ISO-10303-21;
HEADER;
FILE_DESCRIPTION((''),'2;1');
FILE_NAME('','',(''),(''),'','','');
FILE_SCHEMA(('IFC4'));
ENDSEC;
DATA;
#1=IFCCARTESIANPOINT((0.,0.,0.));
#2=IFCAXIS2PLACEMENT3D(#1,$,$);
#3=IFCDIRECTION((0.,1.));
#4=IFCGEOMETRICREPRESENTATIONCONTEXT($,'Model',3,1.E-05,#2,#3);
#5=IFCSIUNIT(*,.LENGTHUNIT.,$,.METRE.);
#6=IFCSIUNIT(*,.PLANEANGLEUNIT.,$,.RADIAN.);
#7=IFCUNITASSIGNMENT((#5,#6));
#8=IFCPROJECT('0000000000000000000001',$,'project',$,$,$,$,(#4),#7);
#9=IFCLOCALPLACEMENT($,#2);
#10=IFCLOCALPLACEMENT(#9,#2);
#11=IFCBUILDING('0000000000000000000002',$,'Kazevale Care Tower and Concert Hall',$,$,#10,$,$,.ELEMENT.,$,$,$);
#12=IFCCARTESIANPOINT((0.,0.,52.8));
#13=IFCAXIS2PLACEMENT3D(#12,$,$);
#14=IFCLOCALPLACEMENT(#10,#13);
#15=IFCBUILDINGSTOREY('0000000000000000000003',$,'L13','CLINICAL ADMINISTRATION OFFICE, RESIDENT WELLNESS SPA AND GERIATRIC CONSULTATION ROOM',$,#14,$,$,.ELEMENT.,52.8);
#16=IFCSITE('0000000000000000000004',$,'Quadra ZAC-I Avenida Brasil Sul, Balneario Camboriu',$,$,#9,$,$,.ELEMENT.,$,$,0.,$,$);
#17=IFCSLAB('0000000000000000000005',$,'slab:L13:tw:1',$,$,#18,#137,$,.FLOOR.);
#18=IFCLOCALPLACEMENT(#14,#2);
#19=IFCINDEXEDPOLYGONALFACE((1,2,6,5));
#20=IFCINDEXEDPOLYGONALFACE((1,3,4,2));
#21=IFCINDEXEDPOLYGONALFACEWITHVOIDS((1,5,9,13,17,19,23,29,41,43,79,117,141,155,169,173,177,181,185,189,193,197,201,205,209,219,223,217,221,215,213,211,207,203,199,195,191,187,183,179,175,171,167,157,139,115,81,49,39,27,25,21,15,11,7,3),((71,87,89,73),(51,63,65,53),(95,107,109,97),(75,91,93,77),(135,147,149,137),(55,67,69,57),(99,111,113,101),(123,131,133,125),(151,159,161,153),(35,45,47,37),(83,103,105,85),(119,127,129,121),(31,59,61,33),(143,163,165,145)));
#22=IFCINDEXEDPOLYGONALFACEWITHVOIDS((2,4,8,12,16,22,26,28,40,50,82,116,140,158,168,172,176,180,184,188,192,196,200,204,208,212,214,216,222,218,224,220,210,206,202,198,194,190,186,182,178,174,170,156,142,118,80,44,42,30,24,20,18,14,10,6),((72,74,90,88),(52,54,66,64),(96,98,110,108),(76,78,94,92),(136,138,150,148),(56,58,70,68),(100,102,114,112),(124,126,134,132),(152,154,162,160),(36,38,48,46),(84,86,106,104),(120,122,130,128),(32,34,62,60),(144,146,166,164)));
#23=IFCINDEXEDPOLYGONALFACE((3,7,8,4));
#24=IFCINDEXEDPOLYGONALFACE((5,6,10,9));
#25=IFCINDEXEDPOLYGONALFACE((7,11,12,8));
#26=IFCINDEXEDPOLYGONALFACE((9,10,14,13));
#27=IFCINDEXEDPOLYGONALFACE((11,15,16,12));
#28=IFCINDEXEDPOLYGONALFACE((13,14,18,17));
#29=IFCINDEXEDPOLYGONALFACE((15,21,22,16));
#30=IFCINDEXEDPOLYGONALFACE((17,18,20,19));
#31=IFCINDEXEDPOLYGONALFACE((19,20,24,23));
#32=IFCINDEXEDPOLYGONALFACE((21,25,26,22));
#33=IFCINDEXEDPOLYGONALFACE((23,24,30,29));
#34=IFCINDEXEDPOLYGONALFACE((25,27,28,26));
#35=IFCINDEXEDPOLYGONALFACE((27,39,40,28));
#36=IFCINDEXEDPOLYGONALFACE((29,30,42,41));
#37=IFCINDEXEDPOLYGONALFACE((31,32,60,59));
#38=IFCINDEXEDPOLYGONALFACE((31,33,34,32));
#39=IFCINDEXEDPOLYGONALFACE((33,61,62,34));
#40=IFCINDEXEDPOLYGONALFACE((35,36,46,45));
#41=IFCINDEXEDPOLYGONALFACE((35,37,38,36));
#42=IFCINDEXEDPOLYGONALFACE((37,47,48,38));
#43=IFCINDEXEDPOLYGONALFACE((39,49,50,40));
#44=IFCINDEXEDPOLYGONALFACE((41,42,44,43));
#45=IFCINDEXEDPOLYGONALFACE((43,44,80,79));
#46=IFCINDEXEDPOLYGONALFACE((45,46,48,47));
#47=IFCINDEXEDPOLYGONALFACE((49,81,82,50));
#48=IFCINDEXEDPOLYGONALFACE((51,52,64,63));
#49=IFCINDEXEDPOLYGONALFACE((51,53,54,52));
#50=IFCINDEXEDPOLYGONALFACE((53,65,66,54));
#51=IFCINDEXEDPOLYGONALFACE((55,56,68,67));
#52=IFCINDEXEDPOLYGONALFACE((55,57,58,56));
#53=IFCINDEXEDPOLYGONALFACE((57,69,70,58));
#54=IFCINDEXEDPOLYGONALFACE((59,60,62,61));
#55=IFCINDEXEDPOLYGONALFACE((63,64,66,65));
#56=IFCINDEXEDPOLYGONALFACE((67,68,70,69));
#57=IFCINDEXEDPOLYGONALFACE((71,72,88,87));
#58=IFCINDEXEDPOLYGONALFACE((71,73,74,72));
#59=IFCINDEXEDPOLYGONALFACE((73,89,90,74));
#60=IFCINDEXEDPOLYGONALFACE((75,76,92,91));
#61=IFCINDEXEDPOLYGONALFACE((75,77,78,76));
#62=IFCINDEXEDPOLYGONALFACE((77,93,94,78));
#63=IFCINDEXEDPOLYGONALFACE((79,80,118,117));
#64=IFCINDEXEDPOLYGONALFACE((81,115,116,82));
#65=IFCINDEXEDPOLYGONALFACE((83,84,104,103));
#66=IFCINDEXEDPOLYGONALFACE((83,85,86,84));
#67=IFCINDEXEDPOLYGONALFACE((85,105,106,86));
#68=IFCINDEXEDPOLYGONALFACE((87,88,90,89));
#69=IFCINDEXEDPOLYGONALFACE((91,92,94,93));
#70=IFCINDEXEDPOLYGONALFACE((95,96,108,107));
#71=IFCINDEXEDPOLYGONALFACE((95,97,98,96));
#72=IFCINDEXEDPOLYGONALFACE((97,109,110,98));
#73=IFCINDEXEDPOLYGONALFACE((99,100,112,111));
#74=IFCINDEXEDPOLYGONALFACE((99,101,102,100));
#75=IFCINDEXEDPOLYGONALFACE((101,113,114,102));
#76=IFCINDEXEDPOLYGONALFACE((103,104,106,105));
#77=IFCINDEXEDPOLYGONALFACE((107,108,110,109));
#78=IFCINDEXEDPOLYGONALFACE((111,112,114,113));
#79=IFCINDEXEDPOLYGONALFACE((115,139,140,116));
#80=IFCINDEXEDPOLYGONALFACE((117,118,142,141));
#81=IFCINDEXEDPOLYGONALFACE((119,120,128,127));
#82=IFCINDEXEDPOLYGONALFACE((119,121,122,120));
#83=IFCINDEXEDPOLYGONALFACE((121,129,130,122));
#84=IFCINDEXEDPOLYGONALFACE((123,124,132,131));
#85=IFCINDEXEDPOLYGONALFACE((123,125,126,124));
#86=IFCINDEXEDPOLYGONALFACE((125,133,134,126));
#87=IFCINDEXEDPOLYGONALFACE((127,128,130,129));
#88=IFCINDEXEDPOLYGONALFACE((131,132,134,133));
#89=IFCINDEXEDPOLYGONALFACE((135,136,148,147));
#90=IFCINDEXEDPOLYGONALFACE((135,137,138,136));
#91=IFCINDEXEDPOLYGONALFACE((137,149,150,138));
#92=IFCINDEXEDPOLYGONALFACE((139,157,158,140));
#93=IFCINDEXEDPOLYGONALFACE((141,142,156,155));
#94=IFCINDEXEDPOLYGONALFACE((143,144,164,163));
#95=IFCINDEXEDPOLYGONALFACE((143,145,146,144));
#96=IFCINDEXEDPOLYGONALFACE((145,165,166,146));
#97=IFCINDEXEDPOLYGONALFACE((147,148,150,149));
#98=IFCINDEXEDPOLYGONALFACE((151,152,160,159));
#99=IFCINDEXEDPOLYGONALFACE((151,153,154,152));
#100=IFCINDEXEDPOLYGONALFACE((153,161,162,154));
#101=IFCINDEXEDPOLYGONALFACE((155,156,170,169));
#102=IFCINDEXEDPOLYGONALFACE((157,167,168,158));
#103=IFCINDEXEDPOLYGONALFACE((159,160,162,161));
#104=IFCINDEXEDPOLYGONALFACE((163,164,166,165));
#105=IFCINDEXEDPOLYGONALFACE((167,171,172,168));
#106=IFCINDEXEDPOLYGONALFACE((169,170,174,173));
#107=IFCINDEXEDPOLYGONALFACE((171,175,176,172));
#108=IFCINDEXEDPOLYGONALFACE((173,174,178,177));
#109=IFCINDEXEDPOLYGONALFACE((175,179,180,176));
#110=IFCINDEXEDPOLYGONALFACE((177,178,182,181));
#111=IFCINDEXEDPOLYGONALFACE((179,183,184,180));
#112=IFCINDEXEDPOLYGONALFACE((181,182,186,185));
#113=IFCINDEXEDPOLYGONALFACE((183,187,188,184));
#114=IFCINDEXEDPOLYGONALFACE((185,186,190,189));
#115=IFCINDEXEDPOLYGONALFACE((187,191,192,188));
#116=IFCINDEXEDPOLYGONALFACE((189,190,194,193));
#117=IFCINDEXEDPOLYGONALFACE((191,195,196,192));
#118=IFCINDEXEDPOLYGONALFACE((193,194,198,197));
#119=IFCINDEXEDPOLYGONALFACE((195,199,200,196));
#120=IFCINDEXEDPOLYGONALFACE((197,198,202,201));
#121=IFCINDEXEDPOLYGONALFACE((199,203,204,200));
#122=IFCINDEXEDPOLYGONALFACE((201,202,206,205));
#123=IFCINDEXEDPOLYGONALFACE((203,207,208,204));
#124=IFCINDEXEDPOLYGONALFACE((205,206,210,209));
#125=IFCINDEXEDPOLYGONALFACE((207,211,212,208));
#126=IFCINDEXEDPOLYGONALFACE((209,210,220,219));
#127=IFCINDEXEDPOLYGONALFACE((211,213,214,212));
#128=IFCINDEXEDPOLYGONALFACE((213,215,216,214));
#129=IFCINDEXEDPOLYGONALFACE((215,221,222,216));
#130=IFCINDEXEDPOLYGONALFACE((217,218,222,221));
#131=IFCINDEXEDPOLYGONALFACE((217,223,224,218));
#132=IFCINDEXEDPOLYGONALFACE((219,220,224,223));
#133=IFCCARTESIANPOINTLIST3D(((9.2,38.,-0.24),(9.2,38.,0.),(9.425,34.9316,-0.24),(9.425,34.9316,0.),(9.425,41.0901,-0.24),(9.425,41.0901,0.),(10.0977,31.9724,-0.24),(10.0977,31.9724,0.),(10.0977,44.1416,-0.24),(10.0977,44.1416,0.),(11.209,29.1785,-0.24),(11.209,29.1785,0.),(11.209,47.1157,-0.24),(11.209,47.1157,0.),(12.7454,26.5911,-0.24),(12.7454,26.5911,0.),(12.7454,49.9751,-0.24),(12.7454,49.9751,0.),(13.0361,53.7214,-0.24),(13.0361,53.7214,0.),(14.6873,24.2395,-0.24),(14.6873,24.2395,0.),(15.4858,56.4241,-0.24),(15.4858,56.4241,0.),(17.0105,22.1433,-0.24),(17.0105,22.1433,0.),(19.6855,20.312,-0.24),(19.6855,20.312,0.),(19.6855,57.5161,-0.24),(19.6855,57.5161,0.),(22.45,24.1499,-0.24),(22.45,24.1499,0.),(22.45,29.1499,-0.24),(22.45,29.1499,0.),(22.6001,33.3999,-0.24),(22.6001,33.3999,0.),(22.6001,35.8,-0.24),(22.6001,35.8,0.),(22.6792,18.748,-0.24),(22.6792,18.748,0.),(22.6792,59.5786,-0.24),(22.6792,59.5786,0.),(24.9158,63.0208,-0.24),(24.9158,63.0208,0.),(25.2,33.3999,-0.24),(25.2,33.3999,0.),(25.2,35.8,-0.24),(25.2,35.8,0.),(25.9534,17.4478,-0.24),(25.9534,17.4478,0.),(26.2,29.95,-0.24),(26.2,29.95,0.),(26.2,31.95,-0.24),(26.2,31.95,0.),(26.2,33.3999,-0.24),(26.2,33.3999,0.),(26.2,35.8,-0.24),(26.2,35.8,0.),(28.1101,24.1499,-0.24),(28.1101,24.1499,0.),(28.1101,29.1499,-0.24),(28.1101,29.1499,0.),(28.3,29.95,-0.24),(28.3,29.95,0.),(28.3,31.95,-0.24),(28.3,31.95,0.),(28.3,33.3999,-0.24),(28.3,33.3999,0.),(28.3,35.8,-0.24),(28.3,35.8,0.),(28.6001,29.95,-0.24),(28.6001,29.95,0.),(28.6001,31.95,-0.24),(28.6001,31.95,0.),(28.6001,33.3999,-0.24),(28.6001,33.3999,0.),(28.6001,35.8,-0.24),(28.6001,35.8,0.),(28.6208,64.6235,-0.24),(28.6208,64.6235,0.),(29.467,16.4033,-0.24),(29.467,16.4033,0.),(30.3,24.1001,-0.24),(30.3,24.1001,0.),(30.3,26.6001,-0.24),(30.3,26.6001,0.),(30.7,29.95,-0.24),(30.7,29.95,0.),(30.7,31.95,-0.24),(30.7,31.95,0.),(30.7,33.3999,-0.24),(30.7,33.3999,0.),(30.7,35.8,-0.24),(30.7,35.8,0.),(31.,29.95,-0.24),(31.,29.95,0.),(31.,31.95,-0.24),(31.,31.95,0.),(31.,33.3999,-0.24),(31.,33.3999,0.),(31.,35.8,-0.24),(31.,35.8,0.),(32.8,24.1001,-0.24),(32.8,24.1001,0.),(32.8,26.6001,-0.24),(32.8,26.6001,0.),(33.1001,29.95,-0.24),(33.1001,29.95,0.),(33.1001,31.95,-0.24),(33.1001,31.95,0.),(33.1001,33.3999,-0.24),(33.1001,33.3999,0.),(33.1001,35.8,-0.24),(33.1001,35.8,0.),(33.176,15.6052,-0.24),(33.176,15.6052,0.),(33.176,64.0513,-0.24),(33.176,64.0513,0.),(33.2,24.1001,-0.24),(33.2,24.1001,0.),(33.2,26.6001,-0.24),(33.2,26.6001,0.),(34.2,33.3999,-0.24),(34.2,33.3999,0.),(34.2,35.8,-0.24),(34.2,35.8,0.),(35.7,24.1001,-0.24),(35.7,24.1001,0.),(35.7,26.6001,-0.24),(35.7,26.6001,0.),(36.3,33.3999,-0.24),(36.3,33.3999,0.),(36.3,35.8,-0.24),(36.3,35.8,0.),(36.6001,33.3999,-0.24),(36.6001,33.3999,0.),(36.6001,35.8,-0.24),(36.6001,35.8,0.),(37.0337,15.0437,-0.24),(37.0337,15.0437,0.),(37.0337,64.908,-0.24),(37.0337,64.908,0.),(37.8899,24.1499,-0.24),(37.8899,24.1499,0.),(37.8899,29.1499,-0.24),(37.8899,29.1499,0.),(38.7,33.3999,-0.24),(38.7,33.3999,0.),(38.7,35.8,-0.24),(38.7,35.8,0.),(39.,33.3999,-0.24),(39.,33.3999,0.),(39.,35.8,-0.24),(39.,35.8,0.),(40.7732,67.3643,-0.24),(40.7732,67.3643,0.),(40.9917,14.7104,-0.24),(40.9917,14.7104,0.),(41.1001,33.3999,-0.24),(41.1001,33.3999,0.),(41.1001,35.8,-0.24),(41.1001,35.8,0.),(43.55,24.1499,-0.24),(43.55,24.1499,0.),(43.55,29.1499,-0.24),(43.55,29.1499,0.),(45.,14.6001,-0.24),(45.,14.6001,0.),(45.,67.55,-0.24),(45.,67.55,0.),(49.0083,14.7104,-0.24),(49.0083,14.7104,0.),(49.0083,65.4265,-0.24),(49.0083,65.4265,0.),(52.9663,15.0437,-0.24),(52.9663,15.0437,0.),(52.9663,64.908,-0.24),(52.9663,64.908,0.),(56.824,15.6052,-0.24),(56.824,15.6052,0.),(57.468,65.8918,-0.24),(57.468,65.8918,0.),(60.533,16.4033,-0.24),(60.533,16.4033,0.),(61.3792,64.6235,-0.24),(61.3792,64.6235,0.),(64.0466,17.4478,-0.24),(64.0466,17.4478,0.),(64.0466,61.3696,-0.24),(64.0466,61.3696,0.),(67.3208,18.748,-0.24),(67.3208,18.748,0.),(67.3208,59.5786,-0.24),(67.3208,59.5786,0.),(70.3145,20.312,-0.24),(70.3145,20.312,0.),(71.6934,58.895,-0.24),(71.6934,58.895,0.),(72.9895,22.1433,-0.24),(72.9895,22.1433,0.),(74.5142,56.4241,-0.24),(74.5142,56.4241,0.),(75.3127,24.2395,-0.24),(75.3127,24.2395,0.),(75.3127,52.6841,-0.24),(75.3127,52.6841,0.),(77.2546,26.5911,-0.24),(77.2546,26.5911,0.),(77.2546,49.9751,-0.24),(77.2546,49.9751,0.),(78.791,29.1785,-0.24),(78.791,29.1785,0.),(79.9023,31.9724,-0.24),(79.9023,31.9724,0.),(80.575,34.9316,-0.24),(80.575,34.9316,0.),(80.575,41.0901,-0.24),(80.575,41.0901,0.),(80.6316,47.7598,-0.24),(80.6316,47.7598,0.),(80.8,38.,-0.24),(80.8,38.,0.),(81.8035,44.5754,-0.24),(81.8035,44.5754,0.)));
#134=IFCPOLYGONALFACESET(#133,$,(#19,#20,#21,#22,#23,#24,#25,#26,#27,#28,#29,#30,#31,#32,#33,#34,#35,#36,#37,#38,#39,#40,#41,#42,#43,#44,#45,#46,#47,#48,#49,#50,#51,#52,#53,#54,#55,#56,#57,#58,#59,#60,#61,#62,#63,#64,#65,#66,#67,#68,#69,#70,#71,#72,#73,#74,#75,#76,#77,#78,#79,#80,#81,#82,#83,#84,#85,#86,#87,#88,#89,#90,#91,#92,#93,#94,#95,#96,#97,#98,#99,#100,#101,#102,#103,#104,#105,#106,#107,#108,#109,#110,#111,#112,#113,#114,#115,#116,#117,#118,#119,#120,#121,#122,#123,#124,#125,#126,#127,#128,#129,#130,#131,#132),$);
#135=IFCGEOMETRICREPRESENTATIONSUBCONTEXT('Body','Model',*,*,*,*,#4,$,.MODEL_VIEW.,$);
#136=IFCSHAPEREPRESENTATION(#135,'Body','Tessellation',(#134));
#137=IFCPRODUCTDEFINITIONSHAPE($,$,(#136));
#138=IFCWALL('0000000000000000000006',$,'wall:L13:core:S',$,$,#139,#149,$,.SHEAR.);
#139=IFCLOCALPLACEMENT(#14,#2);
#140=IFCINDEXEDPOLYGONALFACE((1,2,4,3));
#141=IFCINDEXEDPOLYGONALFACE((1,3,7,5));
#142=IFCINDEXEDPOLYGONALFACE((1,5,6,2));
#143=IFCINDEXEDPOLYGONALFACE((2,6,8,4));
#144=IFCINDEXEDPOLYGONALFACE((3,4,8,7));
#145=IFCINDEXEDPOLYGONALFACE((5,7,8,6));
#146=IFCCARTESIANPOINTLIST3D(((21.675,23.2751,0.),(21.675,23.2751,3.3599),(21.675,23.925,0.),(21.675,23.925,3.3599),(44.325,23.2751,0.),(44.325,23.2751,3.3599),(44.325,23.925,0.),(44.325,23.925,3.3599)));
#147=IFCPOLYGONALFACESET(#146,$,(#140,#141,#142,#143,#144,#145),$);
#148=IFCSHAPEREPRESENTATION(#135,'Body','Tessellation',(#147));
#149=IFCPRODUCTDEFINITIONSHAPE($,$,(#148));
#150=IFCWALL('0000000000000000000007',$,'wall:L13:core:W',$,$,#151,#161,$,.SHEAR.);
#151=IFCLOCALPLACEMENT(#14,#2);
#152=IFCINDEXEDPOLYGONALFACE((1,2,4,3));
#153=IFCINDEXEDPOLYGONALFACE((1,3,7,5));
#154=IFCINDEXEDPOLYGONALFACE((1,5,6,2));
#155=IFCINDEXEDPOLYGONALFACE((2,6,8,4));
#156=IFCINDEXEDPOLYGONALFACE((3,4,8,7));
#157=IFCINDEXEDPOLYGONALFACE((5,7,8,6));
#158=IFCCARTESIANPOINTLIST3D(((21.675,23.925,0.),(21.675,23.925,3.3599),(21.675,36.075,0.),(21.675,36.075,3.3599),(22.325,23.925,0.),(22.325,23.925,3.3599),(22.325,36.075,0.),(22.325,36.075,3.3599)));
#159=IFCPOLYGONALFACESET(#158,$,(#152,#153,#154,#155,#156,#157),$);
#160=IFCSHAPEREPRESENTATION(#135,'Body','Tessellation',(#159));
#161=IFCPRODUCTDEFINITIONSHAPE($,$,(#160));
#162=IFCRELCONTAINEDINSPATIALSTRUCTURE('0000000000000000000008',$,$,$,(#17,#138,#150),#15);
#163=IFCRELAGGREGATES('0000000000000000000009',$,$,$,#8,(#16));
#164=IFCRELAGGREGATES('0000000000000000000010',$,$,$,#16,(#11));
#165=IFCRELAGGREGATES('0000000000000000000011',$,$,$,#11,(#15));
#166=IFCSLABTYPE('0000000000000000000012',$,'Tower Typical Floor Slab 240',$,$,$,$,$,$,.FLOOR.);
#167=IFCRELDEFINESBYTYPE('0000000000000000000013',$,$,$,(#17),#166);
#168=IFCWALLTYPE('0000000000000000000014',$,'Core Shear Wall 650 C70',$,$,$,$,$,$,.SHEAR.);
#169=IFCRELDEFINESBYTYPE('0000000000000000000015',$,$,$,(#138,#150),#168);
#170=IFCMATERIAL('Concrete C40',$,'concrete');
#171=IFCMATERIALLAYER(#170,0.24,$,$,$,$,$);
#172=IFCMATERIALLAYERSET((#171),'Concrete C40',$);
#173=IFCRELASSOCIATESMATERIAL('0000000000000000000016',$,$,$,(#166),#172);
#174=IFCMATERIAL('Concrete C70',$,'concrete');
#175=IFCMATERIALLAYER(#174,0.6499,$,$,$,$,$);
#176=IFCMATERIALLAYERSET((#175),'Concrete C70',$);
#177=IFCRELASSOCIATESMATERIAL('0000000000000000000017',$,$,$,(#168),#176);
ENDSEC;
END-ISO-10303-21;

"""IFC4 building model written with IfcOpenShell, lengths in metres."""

from ifc_helpers import new_model, si_unit, direction, frame, frame_2d, origin, place, context, subcontext, project, spatial, polyline, rectangle, outline, extrude, material, layer, layer_set, type_object, element, save


model = new_model("IFC4")

# Units and contexts
model_context = context("Model", 3, precision=1e-05, world=origin(), true_north=direction((0.0, 1.0)))
body_context = subcontext(model_context, "Body", "Model", "MODEL_VIEW")
ifc_project = project(units=[si_unit("LENGTHUNIT", "METRE"), si_unit("PLANEANGLEUNIT", "RADIAN")], contexts=[model_context])

# Site, building, storey
site_placement = place(None, origin())
site = spatial("IfcSite", under=ifc_project, at=site_placement, Name="Quadra ZAC-I Avenida Brasil Sul, Balneario Camboriu", CompositionType="ELEMENT", RefElevation=0.0)
building_placement = place(site_placement, origin())
building = spatial("IfcBuilding", under=site, at=building_placement, Name="Kazevale Care Tower and Concert Hall", CompositionType="ELEMENT")
storey_placement = place(building_placement, frame((0.0, 0.0, 52.8)))
storey = spatial("IfcBuildingStorey", under=building, at=storey_placement, Name="L13", Description="CLINICAL ADMINISTRATION OFFICE, RESIDENT WELLNESS SPA AND GERIATRIC CONSULTATION ROOM", CompositionType="ELEMENT", Elevation=52.8)

# Shared definitions
ifc_material_1 = material(Name="Concrete C70", Category="concrete")

# Shared definitions
ifc_material_2 = material(Name="Concrete C40", Category="concrete")

# Slab
ifc_layer_1 = layer(ifc_material_2, 0.24)
ifc_layer_set_1 = layer_set([ifc_layer_1], Name="Concrete C40")
slab_type_1 = type_object("IfcSlabType", Name="Tower Typical Floor Slab 240", PredefinedType="FLOOR", material=ifc_layer_set_1)
slab_1_placement = place(storey_placement, frame((0.0, 0.0, -0.24)))
element("IfcSlab", 1, at=slab_1_placement, inside=storey, type_object=slab_type_1, Name="slab:L13:tw:1", PredefinedType="FLOOR", context=body_context, shape_type="SweptSolid", body=[
    extrude(outline(polyline([(80.8, 38.0), (80.575, 41.0901), (81.8035, 44.5754), (80.6316, 47.7598), (77.2546, 49.9751), (75.3127, 52.6841), (74.5142, 56.4241), (71.6934, 58.895), (67.3208, 59.5786), (64.0466, 61.3696), (61.3792, 64.6235), (57.468, 65.8918), (52.9663, 64.908), (49.0083, 65.4265), (45.0, 67.55), (40.7732, 67.3643), (37.0337, 64.908), (33.176, 64.0513), (28.6208, 64.6235), (24.9158, 63.0208), (22.6792, 59.5786), (19.6855, 57.5161), (15.4858, 56.4241), (13.0361, 53.7214), (12.7454, 49.9751), (11.209, 47.1157), (10.0977, 44.1416), (9.425, 41.0901), (9.2, 38.0), (9.425, 34.9316), (10.0977, 31.9724), (11.209, 29.1785), (12.7454, 26.5911), (14.6873, 24.2395), (17.0105, 22.1433), (19.6855, 20.312), (22.6792, 18.748), (25.9534, 17.4478), (29.467, 16.4033), (33.176, 15.6052), (37.0337, 15.0437), (40.9917, 14.7104), (45.0, 14.6001), (49.0083, 14.7104), (52.9663, 15.0437), (56.824, 15.6052), (60.533, 16.4033), (64.0466, 17.4478), (67.3208, 18.748), (70.3145, 20.312), (72.9895, 22.1433), (75.3127, 24.2395), (77.2546, 26.5911), (78.791, 29.1785), (79.9023, 31.9724), (80.575, 34.9316), (80.8, 38.0)]), holes=[polyline([(22.45, 24.1499), (28.1101, 24.1499), (28.1101, 29.1499), (22.45, 29.1499), (22.45, 24.1499)]), polyline([(37.8899, 24.1499), (43.55, 24.1499), (43.55, 29.1499), (37.8899, 29.1499), (37.8899, 24.1499)]), polyline([(30.3, 24.1001), (32.8, 24.1001), (32.8, 26.6001), (30.3, 26.6001), (30.3, 24.1001)]), polyline([(33.2, 24.1001), (35.7, 24.1001), (35.7, 26.6001), (33.2, 26.6001), (33.2, 24.1001)]), polyline([(22.6001, 33.3999), (25.2, 33.3999), (25.2, 35.8), (22.6001, 35.8), (22.6001, 33.3999)]), polyline([(26.2, 33.3999), (28.3, 33.3999), (28.3, 35.8), (26.2, 35.8), (26.2, 33.3999)]), polyline([(28.6001, 33.3999), (30.7, 33.3999), (30.7, 35.8), (28.6001, 35.8), (28.6001, 33.3999)]), polyline([(31.0, 33.3999), (33.1001, 33.3999), (33.1001, 35.8), (31.0, 35.8), (31.0, 33.3999)]), polyline([(34.2, 33.3999), (36.3, 33.3999), (36.3, 35.8), (34.2, 35.8), (34.2, 33.3999)]), polyline([(36.6001, 33.3999), (38.7, 33.3999), (38.7, 35.8), (36.6001, 35.8), (36.6001, 33.3999)]), polyline([(39.0, 33.3999), (41.1001, 33.3999), (41.1001, 35.8), (39.0, 35.8), (39.0, 33.3999)]), polyline([(26.2, 29.95), (28.3, 29.95), (28.3, 31.95), (26.2, 31.95), (26.2, 29.95)]), polyline([(28.6001, 29.95), (30.7, 29.95), (30.7, 31.95), (28.6001, 31.95), (28.6001, 29.95)]), polyline([(31.0, 29.95), (33.1001, 29.95), (33.1001, 31.95), (31.0, 31.95), (31.0, 29.95)])]), origin(), (0.0, 0.0, 1.0), 0.24),
])

# Walls
ifc_layer_2 = layer(ifc_material_1, 0.6499)
ifc_layer_set_2 = layer_set([ifc_layer_2], Name="Concrete C70")
wall_type_1 = type_object("IfcWallType", Name="Core Shear Wall 650 C70", PredefinedType="SHEAR", material=ifc_layer_set_2)
wall_1_placement = place(storey_placement, frame((21.675, 23.6001, 0.0), z_axis=(0.0, 0.0, 1.0), x_axis=(1.0, 0.0, 0.0)))
element("IfcWall", 2, at=wall_1_placement, inside=storey, type_object=wall_type_1, Name="wall:L13:core:S", PredefinedType="SHEAR", context=body_context, shape_type="SweptSolid", body=[
    extrude(rectangle(XDim=22.6499, YDim=0.6499, at=frame_2d((11.325, 0.0))), origin(), (0.0, 0.0, 1.0), 3.3599),
])
wall_2_placement = place(storey_placement, frame((22.0, 23.925, 0.0), z_axis=(0.0, 0.0, 1.0), x_axis=(0.0, 1.0, 0.0)))
element("IfcWall", 3, at=wall_2_placement, inside=storey, type_object=wall_type_1, Name="wall:L13:core:W", PredefinedType="SHEAR", context=body_context, shape_type="SweptSolid", body=[
    extrude(rectangle(XDim=12.1499, YDim=0.6499, at=frame_2d((6.075, 0.0))), origin(), (0.0, 0.0, 1.0), 3.3599),
])

save(model, "model.ifc")
